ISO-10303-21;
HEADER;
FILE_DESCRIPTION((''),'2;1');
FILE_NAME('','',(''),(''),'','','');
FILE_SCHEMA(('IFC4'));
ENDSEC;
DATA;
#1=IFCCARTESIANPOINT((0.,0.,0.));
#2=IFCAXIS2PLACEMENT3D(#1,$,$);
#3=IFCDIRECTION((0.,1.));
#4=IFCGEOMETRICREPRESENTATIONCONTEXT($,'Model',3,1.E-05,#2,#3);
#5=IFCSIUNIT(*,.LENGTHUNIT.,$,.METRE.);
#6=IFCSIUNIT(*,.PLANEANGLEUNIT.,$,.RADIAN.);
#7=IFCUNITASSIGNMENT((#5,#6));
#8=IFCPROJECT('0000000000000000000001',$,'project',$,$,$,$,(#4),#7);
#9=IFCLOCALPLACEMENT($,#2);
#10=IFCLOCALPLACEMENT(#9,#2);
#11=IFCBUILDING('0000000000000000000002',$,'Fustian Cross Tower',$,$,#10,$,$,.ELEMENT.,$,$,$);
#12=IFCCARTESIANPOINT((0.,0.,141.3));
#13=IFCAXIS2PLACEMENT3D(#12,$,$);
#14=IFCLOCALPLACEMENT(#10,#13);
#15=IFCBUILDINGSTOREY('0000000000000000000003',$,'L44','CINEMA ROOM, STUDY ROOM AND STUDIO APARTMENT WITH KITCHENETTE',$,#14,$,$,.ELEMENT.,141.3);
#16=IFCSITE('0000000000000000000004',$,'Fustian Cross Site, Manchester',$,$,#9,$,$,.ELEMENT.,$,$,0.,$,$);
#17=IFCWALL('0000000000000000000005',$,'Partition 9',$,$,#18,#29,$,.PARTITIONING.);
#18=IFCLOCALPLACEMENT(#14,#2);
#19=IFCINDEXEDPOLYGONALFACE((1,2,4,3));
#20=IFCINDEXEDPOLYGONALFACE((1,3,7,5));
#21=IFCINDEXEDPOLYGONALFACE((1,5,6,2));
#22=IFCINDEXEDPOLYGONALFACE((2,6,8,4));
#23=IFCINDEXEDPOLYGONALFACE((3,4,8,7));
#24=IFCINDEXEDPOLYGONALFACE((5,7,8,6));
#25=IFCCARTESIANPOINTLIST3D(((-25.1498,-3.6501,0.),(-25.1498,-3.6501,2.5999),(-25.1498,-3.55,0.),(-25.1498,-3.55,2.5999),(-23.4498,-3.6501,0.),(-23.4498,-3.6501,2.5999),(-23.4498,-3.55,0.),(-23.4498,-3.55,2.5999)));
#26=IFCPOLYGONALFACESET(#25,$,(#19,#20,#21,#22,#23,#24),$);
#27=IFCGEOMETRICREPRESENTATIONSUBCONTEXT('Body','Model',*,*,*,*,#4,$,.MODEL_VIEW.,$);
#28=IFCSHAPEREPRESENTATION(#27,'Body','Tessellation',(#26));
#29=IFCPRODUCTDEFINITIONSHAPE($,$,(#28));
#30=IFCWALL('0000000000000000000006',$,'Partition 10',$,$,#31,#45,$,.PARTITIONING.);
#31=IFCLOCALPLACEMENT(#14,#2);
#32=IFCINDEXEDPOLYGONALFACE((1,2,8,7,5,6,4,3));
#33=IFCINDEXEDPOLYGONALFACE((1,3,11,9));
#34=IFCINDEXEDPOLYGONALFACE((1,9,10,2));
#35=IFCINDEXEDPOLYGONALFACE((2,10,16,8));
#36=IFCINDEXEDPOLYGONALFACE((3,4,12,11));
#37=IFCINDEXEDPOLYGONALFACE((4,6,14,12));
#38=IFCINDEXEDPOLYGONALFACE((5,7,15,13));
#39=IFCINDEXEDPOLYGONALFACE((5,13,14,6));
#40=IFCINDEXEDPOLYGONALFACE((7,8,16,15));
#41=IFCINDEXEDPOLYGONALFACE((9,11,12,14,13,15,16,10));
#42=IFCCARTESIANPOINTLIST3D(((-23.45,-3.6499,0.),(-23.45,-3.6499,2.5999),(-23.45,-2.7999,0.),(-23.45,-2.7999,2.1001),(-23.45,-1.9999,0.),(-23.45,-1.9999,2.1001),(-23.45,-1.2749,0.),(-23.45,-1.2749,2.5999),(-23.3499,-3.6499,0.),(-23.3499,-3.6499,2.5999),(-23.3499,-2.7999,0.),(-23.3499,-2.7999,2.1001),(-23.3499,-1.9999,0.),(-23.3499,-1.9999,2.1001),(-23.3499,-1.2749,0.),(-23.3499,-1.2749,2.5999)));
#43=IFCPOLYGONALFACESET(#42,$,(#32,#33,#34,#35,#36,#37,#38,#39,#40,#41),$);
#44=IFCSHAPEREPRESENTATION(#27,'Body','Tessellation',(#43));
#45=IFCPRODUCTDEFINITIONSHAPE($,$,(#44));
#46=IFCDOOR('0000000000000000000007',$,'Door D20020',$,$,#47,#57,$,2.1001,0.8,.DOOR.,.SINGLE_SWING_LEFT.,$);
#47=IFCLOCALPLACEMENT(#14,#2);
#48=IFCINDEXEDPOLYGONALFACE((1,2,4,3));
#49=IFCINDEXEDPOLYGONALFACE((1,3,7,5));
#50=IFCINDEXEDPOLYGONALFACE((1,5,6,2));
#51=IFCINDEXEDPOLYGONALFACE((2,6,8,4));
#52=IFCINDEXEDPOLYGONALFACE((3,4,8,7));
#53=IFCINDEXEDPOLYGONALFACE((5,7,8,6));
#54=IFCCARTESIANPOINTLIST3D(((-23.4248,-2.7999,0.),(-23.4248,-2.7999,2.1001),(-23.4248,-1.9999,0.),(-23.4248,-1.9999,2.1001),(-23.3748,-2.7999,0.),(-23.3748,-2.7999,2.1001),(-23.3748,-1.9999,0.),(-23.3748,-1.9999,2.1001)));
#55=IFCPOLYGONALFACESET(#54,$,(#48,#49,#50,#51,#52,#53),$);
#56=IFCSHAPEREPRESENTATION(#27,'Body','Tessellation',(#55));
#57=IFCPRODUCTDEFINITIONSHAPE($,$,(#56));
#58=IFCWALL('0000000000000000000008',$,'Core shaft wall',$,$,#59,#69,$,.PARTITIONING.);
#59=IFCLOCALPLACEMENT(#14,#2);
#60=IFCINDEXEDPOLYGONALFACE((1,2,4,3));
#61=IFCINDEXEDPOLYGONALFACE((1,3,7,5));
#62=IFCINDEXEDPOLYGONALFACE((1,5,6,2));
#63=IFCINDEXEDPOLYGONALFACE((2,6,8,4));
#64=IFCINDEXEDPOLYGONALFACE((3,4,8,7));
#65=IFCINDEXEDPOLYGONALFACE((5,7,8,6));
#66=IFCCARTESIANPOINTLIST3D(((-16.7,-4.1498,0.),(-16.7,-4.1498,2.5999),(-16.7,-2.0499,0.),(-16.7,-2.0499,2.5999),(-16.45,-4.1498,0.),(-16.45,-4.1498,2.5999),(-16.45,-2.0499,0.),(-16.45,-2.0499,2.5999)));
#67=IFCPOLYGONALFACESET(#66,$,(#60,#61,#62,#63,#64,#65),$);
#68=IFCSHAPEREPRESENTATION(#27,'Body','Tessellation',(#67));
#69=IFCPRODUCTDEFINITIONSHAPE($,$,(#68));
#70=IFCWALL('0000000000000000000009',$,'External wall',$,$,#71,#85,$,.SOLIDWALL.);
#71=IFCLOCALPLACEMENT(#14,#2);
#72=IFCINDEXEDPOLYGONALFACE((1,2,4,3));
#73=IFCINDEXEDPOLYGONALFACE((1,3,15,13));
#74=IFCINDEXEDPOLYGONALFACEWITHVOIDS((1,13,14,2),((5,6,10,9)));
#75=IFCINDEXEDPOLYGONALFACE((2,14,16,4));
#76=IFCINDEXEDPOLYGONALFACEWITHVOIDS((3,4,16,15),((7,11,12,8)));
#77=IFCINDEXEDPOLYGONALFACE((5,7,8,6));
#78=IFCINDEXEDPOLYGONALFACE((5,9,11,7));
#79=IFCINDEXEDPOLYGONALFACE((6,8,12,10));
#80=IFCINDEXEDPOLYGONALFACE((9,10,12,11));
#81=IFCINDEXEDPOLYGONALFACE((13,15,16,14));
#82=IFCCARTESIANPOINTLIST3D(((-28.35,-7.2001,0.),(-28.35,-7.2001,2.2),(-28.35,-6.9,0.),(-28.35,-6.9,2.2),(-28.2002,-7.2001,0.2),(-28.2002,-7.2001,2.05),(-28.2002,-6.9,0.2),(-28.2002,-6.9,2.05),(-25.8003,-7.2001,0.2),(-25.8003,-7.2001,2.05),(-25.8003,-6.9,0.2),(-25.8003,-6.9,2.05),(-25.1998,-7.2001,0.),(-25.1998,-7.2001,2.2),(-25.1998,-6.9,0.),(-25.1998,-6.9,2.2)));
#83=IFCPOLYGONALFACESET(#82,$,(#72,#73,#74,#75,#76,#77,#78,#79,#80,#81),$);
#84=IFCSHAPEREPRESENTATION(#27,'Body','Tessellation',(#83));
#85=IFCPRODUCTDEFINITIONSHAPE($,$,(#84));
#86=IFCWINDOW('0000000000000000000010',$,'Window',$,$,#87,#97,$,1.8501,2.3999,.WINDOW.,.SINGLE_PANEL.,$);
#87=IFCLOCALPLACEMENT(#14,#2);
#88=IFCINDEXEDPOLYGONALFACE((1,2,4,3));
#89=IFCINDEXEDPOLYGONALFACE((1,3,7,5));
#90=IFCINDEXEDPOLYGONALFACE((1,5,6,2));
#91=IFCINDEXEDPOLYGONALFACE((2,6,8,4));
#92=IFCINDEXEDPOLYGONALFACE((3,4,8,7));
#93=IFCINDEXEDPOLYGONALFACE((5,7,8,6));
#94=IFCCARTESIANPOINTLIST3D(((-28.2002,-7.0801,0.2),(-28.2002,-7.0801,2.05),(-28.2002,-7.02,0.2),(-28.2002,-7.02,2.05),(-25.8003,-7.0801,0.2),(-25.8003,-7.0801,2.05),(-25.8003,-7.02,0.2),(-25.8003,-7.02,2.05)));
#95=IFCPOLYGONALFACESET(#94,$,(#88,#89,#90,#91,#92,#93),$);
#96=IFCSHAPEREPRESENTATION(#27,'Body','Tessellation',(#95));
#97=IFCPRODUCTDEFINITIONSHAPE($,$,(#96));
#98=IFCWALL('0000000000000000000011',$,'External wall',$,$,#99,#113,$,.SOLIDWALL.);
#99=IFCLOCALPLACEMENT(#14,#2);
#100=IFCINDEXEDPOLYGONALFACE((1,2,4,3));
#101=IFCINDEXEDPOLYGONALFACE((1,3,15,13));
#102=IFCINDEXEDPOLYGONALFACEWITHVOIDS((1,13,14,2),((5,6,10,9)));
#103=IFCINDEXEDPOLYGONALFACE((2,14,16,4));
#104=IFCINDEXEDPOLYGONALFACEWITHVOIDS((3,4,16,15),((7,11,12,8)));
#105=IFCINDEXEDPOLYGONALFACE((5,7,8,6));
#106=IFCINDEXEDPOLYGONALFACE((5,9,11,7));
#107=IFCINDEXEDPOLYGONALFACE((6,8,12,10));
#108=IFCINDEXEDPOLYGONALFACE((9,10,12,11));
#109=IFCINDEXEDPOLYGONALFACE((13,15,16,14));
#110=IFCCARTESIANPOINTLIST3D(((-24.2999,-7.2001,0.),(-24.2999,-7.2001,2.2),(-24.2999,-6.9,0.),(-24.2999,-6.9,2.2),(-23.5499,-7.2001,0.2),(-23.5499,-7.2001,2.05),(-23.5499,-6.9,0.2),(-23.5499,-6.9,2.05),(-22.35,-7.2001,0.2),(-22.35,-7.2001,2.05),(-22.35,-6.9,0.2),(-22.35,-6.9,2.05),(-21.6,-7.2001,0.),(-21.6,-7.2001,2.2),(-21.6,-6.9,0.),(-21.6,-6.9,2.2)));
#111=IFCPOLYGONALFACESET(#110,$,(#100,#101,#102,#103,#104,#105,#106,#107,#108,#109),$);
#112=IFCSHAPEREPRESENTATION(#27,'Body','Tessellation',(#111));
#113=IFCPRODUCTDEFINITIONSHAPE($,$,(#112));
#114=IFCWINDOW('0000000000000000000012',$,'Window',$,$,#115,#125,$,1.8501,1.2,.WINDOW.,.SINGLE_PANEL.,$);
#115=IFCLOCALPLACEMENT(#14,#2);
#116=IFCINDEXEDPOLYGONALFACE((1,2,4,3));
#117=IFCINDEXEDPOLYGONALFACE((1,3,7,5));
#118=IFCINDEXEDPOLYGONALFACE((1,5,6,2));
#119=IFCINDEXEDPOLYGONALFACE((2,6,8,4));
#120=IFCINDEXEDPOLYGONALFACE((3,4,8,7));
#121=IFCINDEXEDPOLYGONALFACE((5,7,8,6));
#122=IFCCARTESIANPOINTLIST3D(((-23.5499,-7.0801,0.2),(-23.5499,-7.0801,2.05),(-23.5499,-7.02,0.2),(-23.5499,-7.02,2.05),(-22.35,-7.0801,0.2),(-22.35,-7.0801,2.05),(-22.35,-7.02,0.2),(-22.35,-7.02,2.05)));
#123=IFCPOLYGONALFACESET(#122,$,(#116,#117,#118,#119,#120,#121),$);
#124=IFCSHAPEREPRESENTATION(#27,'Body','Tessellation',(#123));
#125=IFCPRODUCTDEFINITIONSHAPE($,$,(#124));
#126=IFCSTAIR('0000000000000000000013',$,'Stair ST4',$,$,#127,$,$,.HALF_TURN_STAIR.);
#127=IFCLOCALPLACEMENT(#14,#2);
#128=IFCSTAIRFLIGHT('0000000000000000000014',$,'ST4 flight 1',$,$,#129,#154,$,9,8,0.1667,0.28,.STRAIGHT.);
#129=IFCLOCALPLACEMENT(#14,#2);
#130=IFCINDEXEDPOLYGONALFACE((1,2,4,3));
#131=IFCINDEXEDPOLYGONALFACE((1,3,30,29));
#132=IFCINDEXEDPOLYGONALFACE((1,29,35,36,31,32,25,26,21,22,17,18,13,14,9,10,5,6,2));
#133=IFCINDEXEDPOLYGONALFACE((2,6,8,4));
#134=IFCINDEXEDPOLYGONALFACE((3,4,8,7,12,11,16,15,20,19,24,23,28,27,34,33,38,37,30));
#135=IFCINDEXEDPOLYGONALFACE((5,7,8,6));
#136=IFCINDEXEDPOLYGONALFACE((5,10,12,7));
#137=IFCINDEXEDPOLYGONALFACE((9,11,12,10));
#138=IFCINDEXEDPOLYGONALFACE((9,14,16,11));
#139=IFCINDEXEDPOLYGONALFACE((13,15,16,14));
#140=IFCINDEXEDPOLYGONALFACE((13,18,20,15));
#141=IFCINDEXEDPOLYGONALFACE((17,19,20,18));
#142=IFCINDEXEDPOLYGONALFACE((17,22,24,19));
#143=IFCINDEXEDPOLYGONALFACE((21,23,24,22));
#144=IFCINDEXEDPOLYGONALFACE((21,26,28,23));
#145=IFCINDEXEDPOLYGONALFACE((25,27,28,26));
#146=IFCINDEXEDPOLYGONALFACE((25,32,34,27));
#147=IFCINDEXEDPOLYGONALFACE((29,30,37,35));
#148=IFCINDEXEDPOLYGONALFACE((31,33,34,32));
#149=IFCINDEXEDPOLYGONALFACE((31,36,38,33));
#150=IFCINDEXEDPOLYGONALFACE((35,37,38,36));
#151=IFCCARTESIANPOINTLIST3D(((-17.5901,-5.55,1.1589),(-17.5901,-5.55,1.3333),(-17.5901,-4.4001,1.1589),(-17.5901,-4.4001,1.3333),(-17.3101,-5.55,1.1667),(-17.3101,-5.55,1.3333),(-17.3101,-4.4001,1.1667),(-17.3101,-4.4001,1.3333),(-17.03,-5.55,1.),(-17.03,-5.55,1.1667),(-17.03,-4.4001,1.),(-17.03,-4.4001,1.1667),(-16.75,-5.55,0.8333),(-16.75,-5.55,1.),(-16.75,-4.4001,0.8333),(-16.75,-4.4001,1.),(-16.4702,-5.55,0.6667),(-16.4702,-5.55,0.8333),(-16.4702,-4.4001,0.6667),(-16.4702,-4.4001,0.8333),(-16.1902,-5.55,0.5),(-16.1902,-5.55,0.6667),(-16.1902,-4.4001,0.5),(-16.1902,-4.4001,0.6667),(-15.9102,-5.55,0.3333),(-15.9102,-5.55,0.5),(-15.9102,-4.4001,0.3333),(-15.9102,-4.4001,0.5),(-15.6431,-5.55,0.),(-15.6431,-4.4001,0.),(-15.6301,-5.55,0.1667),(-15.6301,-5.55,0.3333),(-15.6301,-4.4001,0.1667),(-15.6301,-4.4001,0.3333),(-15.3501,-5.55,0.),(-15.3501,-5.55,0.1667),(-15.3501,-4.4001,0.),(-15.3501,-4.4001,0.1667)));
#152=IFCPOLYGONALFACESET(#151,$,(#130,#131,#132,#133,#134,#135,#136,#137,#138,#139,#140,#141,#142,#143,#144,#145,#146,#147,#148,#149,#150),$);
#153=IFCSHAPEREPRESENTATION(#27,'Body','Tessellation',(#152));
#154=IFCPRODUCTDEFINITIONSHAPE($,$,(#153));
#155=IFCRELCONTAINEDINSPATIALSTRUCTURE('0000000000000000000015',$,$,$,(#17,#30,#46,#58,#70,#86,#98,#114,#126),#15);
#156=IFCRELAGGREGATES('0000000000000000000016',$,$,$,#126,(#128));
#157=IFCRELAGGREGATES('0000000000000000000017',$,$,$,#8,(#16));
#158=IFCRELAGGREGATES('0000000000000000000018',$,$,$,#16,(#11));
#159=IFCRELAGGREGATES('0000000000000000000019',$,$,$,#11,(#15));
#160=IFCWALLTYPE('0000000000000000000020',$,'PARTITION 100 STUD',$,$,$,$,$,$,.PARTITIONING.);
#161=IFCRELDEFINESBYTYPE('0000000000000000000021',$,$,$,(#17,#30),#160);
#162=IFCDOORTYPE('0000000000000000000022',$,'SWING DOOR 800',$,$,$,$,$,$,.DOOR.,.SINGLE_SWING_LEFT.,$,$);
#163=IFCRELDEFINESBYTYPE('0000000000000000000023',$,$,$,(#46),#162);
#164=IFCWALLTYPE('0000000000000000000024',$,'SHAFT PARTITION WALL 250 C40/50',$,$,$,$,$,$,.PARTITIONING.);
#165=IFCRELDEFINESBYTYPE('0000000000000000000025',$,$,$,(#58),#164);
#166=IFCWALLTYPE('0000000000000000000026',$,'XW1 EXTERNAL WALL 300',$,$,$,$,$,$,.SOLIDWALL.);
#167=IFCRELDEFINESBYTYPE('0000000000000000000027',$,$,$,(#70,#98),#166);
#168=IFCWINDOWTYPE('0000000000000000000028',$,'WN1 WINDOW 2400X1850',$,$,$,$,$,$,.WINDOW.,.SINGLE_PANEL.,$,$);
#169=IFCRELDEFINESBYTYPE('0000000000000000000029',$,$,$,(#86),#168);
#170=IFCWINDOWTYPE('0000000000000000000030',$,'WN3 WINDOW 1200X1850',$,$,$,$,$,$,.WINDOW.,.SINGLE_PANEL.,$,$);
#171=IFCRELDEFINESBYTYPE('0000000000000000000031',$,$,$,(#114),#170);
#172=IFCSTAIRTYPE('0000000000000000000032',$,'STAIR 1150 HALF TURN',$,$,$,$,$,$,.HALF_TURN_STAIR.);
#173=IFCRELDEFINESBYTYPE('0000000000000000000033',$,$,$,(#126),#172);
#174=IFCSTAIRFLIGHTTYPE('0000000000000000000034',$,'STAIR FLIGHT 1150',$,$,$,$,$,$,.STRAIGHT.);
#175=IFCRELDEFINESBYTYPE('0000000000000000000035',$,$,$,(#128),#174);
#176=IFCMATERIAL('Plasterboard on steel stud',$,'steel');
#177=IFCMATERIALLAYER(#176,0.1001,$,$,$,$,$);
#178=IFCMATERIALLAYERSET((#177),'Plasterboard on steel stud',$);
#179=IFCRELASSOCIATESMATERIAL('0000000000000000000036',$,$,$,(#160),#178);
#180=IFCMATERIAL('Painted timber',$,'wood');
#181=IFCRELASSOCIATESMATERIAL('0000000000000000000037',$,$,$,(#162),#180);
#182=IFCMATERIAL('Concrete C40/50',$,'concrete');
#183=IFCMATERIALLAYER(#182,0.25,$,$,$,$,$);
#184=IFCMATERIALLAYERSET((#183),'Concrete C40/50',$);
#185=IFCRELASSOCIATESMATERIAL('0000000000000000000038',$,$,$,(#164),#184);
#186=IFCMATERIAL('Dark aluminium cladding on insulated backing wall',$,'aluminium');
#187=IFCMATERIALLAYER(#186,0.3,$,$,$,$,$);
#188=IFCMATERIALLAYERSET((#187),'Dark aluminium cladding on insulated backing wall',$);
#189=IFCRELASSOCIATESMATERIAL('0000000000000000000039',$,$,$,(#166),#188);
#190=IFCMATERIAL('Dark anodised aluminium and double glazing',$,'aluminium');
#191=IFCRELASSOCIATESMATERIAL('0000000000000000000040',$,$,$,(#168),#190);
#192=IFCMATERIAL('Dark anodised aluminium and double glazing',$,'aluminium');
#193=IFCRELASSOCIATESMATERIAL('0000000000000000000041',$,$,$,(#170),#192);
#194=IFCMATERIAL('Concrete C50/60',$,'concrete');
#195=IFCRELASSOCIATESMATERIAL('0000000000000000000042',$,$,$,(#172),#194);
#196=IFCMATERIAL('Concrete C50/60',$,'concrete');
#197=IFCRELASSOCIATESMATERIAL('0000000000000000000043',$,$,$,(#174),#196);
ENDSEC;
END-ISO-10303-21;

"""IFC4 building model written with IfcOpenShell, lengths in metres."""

from ifc_helpers import new_model, si_unit, direction, frame, frame_2d, origin, place, context, subcontext, project, spatial, polyline, rectangle, outline, extrude, material, layer, layer_set, type_object, element, fill, aggregate, save


model = new_model("IFC4")

# Units and contexts
model_context = context("Model", 3, precision=1e-05, world=origin(), true_north=direction((0.0, 1.0)))
body_context = subcontext(model_context, "Body", "Model", "MODEL_VIEW")
ifc_project = project(units=[si_unit("LENGTHUNIT", "METRE"), si_unit("PLANEANGLEUNIT", "RADIAN")], contexts=[model_context])

# Site, building, storey
site_placement = place(None, origin())
site = spatial("IfcSite", under=ifc_project, at=site_placement, Name="Fustian Cross Site, Manchester", CompositionType="ELEMENT", RefElevation=0.0)
building_placement = place(site_placement, origin())
building = spatial("IfcBuilding", under=site, at=building_placement, Name="Fustian Cross Tower", CompositionType="ELEMENT")
storey_placement = place(building_placement, frame((0.0, 0.0, 141.3)))
storey = spatial("IfcBuildingStorey", under=building, at=storey_placement, Name="L44", Description="CINEMA ROOM, STUDY ROOM AND STUDIO APARTMENT WITH KITCHENETTE", CompositionType="ELEMENT", Elevation=141.3)

# Wall
ifc_material_1 = material(Name="Plasterboard on steel stud", Category="steel")
ifc_layer_1 = layer(ifc_material_1, 0.1001)
ifc_layer_set_1 = layer_set([ifc_layer_1], Name="Plasterboard on steel stud")
wall_type_1 = type_object("IfcWallType", Name="PARTITION 100 STUD", PredefinedType="PARTITIONING", material=ifc_layer_set_1)
wall_1_placement = place(storey_placement, frame((-25.1499, -3.6001, 0.0), z_axis=(0.0, 0.0, 1.0), x_axis=(1.0, 0.0, 0.0)))
element("IfcWall", 1, at=wall_1_placement, inside=storey, type_object=wall_type_1, Name="Partition 9", PredefinedType="PARTITIONING", context=body_context, shape_type="SweptSolid", body=[
    extrude(rectangle(XDim=1.7, YDim=0.1001, at=frame_2d((0.8501, 0.0))), origin(), (0.0, 0.0, 1.0), 2.5999),
])

# Wall, opening, door
wall_2_placement = place(storey_placement, frame((-23.3999, -3.6499, 0.0), z_axis=(0.0, 0.0, 1.0), x_axis=(0.0, 1.0, 0.0)))
wall_2 = element("IfcWall", 2, at=wall_2_placement, inside=storey, type_object=wall_type_1, Name="Partition 10", PredefinedType="PARTITIONING", context=body_context, shape_type="SweptSolid", body=[
    extrude(rectangle(XDim=2.375, YDim=0.1001, at=frame_2d((1.1875, 0.0))), origin(), (0.0, 0.0, 1.0), 2.5999),
])
opening_1_placement = place(wall_2_placement, frame((0.8501, 0.0, 0.0)))
opening_1 = element("IfcOpeningElement", 3, at=opening_1_placement, cuts=wall_2, PredefinedType="OPENING", context=body_context, shape_type="SweptSolid", body=[
    extrude(rectangle(XDim=0.8, YDim=2.1001, at=frame_2d((0.3999, 1.05))), frame((0.0, 0.0601, 0.0), z_axis=(0.0, -1.0, 0.0), x_axis=(1.0, 0.0, 0.0)), (0.0, 0.0, 1.0), 0.1201),
])
ifc_material_2 = material(Name="Painted timber", Category="wood")
door_type_1 = type_object("IfcDoorType", Name="SWING DOOR 800", OperationType="SINGLE_SWING_LEFT", PredefinedType="DOOR", material=ifc_material_2)
door_1_placement = place(opening_1_placement, origin())
door_1 = element("IfcDoor", 4, at=door_1_placement, inside=storey, type_object=door_type_1, Name="Door D20020", OperationType="SINGLE_SWING_LEFT", OverallHeight=2.1001, OverallWidth=0.8, PredefinedType="DOOR", context=body_context, shape_type="SweptSolid", body=[
    extrude(rectangle(XDim=0.8, YDim=2.1001, at=frame_2d((0.3999, 1.05))), frame((0.0, 0.0249, 0.0), z_axis=(0.0, -1.0, 0.0), x_axis=(1.0, 0.0, 0.0)), (0.0, 0.0, 1.0), 0.05),
])
fill(opening_1, door_1)

# Wall
ifc_material_3 = material(Name="Concrete C40/50", Category="concrete")
ifc_layer_2 = layer(ifc_material_3, 0.25)
ifc_layer_set_2 = layer_set([ifc_layer_2], Name="Concrete C40/50")
wall_type_2 = type_object("IfcWallType", Name="SHAFT PARTITION WALL 250 C40/50", PredefinedType="PARTITIONING", material=ifc_layer_set_2)
wall_3_placement = place(storey_placement, frame((-16.575, -2.05, 0.0), z_axis=(0.0, 0.0, 1.0), x_axis=(0.0, -1.0, 0.0)))
element("IfcWall", 5, at=wall_3_placement, inside=storey, type_object=wall_type_2, Name="Core shaft wall", PredefinedType="PARTITIONING", context=body_context, shape_type="SweptSolid", body=[
    extrude(rectangle(XDim=2.0999, YDim=0.25, at=frame_2d((1.0498, 0.0))), origin(), (0.0, 0.0, 1.0), 2.5999),
])

# Walls, openings, windows
ifc_material_4 = material(Name="Dark aluminium cladding on insulated backing wall", Category="aluminium")
ifc_layer_3 = layer(ifc_material_4, 0.3)
ifc_layer_set_3 = layer_set([ifc_layer_3], Name="Dark aluminium cladding on insulated backing wall")
wall_type_3 = type_object("IfcWallType", Name="XW1 EXTERNAL WALL 300", PredefinedType="SOLIDWALL", material=ifc_layer_set_3)
wall_4_placement = place(storey_placement, frame((-28.3501, -7.05, 0.0), z_axis=(0.0, 0.0, 1.0), x_axis=(1.0, 0.0, 0.0)))
wall_4 = element("IfcWall", 6, at=wall_4_placement, inside=storey, type_object=wall_type_3, Name="External wall", PredefinedType="SOLIDWALL", context=body_context, shape_type="SweptSolid", body=[
    extrude(rectangle(XDim=3.1501, YDim=0.3, at=frame_2d((1.5752, 0.0))), origin(), (0.0, 0.0, 1.0), 2.2),
])
opening_2_placement = place(wall_4_placement, frame((0.1499, 0.0, 0.2)))
opening_2 = element("IfcOpeningElement", 7, at=opening_2_placement, cuts=wall_4, PredefinedType="OPENING", context=body_context, shape_type="SweptSolid", body=[
    extrude(rectangle(XDim=2.3999, YDim=1.8501, at=frame_2d((1.2, 0.925))), frame((0.0, 0.1599, 0.0), z_axis=(0.0, -1.0, 0.0), x_axis=(1.0, 0.0, 0.0)), (0.0, 0.0, 1.0), 0.3201),
])
ifc_material_5 = material(Name="Dark anodised aluminium and double glazing", Category="aluminium")
window_type_1 = type_object("IfcWindowType", Name="WN1 WINDOW 2400X1850", PartitioningType="SINGLE_PANEL", PredefinedType="WINDOW", material=ifc_material_5)
window_1_placement = place(opening_2_placement, origin())
window_1 = element("IfcWindow", 8, at=window_1_placement, inside=storey, type_object=window_type_1, Name="Window", OverallHeight=1.8501, OverallWidth=2.3999, PartitioningType="SINGLE_PANEL", PredefinedType="WINDOW", context=body_context, shape_type="SweptSolid", body=[
    extrude(rectangle(XDim=2.3999, YDim=1.8501, at=frame_2d((1.2, 0.925))), frame((0.0, 0.03, 0.0), z_axis=(0.0, -1.0, 0.0), x_axis=(1.0, 0.0, 0.0)), (0.0, 0.0, 1.0), 0.0601),
])
fill(opening_2, window_1)
wall_5_placement = place(storey_placement, frame((-24.3, -7.05, 0.0), z_axis=(0.0, 0.0, 1.0), x_axis=(1.0, 0.0, 0.0)))
wall_5 = element("IfcWall", 9, at=wall_5_placement, inside=storey, type_object=wall_type_3, Name="External wall", PredefinedType="SOLIDWALL", context=body_context, shape_type="SweptSolid", body=[
    extrude(rectangle(XDim=2.7, YDim=0.3, at=frame_2d((1.3501, 0.0))), origin(), (0.0, 0.0, 1.0), 2.2),
])
opening_3_placement = place(wall_5_placement, frame((0.75, 0.0, 0.2)))
opening_3 = element("IfcOpeningElement", 10, at=opening_3_placement, cuts=wall_5, PredefinedType="OPENING", context=body_context, shape_type="SweptSolid", body=[
    extrude(rectangle(XDim=1.2, YDim=1.8501, at=frame_2d((0.6001, 0.925))), frame((0.0, 0.1599, 0.0), z_axis=(0.0, -1.0, 0.0), x_axis=(1.0, 0.0, 0.0)), (0.0, 0.0, 1.0), 0.3201),
])
ifc_material_6 = material(Name="Dark anodised aluminium and double glazing", Category="aluminium")
window_type_2 = type_object("IfcWindowType", Name="WN3 WINDOW 1200X1850", PartitioningType="SINGLE_PANEL", PredefinedType="WINDOW", material=ifc_material_6)
window_2_placement = place(opening_3_placement, origin())
window_2 = element("IfcWindow", 11, at=window_2_placement, inside=storey, type_object=window_type_2, Name="Window", OverallHeight=1.8501, OverallWidth=1.2, PartitioningType="SINGLE_PANEL", PredefinedType="WINDOW", context=body_context, shape_type="SweptSolid", body=[
    extrude(rectangle(XDim=1.2, YDim=1.8501, at=frame_2d((0.6001, 0.925))), frame((0.0, 0.03, 0.0), z_axis=(0.0, -1.0, 0.0), x_axis=(1.0, 0.0, 0.0)), (0.0, 0.0, 1.0), 0.0601),
])
fill(opening_3, window_2)

# Stair, stair flight
ifc_material_7 = material(Name="Concrete C50/60", Category="concrete")
stair_type = type_object("IfcStairType", Name="STAIR 1150 HALF TURN", PredefinedType="HALF_TURN_STAIR", material=ifc_material_7)
stair_placement = place(storey_placement, origin())
stair = element("IfcStair", 12, at=stair_placement, inside=storey, type_object=stair_type, Name="Stair ST4", PredefinedType="HALF_TURN_STAIR")
ifc_material_8 = material(Name="Concrete C50/60", Category="concrete")
stair_flight_type = type_object("IfcStairFlightType", Name="STAIR FLIGHT 1150", PredefinedType="STRAIGHT", material=ifc_material_8)
stair_flight_1_placement = place(storey_placement, frame((-15.3501, -4.9751, 0.0), z_axis=(0.0, 0.0, 1.0), x_axis=(-1.0, 0.0, 0.0)))
stair_flight_1 = element("IfcStairFlight", 13, at=stair_flight_1_placement, type_object=stair_flight_type, Name="ST4 flight 1", NumberOfRisers=9, NumberOfTreads=8, PredefinedType="STRAIGHT", RiserHeight=0.1667, TreadLength=0.28, context=body_context, shape_type="SweptSolid", body=[
    extrude(outline(polyline([(0.0, 0.0), (0.0, 0.1667), (0.28, 0.1667), (0.28, 0.3333), (0.5601, 0.3333), (0.5601, 0.5), (0.8401, 0.5), (0.8401, 0.6667), (1.1201, 0.6667), (1.1201, 0.8333), (1.3999, 0.8333), (1.3999, 1.0), (1.6799, 1.0), (1.6799, 1.1667), (1.96, 1.1667), (1.96, 1.3333), (2.24, 1.3333), (2.24, 1.5), (2.24, 1.1589), (0.293, 0.0), (0.0, 0.0)])), frame((0.0, 0.575, 0.0), z_axis=(0.0, -1.0, 0.0), x_axis=(1.0, 0.0, 0.0)), (0.0, 0.0, 1.0), 1.1499),
])
aggregate(stair, [stair_flight_1])

save(model, "model.ifc")
